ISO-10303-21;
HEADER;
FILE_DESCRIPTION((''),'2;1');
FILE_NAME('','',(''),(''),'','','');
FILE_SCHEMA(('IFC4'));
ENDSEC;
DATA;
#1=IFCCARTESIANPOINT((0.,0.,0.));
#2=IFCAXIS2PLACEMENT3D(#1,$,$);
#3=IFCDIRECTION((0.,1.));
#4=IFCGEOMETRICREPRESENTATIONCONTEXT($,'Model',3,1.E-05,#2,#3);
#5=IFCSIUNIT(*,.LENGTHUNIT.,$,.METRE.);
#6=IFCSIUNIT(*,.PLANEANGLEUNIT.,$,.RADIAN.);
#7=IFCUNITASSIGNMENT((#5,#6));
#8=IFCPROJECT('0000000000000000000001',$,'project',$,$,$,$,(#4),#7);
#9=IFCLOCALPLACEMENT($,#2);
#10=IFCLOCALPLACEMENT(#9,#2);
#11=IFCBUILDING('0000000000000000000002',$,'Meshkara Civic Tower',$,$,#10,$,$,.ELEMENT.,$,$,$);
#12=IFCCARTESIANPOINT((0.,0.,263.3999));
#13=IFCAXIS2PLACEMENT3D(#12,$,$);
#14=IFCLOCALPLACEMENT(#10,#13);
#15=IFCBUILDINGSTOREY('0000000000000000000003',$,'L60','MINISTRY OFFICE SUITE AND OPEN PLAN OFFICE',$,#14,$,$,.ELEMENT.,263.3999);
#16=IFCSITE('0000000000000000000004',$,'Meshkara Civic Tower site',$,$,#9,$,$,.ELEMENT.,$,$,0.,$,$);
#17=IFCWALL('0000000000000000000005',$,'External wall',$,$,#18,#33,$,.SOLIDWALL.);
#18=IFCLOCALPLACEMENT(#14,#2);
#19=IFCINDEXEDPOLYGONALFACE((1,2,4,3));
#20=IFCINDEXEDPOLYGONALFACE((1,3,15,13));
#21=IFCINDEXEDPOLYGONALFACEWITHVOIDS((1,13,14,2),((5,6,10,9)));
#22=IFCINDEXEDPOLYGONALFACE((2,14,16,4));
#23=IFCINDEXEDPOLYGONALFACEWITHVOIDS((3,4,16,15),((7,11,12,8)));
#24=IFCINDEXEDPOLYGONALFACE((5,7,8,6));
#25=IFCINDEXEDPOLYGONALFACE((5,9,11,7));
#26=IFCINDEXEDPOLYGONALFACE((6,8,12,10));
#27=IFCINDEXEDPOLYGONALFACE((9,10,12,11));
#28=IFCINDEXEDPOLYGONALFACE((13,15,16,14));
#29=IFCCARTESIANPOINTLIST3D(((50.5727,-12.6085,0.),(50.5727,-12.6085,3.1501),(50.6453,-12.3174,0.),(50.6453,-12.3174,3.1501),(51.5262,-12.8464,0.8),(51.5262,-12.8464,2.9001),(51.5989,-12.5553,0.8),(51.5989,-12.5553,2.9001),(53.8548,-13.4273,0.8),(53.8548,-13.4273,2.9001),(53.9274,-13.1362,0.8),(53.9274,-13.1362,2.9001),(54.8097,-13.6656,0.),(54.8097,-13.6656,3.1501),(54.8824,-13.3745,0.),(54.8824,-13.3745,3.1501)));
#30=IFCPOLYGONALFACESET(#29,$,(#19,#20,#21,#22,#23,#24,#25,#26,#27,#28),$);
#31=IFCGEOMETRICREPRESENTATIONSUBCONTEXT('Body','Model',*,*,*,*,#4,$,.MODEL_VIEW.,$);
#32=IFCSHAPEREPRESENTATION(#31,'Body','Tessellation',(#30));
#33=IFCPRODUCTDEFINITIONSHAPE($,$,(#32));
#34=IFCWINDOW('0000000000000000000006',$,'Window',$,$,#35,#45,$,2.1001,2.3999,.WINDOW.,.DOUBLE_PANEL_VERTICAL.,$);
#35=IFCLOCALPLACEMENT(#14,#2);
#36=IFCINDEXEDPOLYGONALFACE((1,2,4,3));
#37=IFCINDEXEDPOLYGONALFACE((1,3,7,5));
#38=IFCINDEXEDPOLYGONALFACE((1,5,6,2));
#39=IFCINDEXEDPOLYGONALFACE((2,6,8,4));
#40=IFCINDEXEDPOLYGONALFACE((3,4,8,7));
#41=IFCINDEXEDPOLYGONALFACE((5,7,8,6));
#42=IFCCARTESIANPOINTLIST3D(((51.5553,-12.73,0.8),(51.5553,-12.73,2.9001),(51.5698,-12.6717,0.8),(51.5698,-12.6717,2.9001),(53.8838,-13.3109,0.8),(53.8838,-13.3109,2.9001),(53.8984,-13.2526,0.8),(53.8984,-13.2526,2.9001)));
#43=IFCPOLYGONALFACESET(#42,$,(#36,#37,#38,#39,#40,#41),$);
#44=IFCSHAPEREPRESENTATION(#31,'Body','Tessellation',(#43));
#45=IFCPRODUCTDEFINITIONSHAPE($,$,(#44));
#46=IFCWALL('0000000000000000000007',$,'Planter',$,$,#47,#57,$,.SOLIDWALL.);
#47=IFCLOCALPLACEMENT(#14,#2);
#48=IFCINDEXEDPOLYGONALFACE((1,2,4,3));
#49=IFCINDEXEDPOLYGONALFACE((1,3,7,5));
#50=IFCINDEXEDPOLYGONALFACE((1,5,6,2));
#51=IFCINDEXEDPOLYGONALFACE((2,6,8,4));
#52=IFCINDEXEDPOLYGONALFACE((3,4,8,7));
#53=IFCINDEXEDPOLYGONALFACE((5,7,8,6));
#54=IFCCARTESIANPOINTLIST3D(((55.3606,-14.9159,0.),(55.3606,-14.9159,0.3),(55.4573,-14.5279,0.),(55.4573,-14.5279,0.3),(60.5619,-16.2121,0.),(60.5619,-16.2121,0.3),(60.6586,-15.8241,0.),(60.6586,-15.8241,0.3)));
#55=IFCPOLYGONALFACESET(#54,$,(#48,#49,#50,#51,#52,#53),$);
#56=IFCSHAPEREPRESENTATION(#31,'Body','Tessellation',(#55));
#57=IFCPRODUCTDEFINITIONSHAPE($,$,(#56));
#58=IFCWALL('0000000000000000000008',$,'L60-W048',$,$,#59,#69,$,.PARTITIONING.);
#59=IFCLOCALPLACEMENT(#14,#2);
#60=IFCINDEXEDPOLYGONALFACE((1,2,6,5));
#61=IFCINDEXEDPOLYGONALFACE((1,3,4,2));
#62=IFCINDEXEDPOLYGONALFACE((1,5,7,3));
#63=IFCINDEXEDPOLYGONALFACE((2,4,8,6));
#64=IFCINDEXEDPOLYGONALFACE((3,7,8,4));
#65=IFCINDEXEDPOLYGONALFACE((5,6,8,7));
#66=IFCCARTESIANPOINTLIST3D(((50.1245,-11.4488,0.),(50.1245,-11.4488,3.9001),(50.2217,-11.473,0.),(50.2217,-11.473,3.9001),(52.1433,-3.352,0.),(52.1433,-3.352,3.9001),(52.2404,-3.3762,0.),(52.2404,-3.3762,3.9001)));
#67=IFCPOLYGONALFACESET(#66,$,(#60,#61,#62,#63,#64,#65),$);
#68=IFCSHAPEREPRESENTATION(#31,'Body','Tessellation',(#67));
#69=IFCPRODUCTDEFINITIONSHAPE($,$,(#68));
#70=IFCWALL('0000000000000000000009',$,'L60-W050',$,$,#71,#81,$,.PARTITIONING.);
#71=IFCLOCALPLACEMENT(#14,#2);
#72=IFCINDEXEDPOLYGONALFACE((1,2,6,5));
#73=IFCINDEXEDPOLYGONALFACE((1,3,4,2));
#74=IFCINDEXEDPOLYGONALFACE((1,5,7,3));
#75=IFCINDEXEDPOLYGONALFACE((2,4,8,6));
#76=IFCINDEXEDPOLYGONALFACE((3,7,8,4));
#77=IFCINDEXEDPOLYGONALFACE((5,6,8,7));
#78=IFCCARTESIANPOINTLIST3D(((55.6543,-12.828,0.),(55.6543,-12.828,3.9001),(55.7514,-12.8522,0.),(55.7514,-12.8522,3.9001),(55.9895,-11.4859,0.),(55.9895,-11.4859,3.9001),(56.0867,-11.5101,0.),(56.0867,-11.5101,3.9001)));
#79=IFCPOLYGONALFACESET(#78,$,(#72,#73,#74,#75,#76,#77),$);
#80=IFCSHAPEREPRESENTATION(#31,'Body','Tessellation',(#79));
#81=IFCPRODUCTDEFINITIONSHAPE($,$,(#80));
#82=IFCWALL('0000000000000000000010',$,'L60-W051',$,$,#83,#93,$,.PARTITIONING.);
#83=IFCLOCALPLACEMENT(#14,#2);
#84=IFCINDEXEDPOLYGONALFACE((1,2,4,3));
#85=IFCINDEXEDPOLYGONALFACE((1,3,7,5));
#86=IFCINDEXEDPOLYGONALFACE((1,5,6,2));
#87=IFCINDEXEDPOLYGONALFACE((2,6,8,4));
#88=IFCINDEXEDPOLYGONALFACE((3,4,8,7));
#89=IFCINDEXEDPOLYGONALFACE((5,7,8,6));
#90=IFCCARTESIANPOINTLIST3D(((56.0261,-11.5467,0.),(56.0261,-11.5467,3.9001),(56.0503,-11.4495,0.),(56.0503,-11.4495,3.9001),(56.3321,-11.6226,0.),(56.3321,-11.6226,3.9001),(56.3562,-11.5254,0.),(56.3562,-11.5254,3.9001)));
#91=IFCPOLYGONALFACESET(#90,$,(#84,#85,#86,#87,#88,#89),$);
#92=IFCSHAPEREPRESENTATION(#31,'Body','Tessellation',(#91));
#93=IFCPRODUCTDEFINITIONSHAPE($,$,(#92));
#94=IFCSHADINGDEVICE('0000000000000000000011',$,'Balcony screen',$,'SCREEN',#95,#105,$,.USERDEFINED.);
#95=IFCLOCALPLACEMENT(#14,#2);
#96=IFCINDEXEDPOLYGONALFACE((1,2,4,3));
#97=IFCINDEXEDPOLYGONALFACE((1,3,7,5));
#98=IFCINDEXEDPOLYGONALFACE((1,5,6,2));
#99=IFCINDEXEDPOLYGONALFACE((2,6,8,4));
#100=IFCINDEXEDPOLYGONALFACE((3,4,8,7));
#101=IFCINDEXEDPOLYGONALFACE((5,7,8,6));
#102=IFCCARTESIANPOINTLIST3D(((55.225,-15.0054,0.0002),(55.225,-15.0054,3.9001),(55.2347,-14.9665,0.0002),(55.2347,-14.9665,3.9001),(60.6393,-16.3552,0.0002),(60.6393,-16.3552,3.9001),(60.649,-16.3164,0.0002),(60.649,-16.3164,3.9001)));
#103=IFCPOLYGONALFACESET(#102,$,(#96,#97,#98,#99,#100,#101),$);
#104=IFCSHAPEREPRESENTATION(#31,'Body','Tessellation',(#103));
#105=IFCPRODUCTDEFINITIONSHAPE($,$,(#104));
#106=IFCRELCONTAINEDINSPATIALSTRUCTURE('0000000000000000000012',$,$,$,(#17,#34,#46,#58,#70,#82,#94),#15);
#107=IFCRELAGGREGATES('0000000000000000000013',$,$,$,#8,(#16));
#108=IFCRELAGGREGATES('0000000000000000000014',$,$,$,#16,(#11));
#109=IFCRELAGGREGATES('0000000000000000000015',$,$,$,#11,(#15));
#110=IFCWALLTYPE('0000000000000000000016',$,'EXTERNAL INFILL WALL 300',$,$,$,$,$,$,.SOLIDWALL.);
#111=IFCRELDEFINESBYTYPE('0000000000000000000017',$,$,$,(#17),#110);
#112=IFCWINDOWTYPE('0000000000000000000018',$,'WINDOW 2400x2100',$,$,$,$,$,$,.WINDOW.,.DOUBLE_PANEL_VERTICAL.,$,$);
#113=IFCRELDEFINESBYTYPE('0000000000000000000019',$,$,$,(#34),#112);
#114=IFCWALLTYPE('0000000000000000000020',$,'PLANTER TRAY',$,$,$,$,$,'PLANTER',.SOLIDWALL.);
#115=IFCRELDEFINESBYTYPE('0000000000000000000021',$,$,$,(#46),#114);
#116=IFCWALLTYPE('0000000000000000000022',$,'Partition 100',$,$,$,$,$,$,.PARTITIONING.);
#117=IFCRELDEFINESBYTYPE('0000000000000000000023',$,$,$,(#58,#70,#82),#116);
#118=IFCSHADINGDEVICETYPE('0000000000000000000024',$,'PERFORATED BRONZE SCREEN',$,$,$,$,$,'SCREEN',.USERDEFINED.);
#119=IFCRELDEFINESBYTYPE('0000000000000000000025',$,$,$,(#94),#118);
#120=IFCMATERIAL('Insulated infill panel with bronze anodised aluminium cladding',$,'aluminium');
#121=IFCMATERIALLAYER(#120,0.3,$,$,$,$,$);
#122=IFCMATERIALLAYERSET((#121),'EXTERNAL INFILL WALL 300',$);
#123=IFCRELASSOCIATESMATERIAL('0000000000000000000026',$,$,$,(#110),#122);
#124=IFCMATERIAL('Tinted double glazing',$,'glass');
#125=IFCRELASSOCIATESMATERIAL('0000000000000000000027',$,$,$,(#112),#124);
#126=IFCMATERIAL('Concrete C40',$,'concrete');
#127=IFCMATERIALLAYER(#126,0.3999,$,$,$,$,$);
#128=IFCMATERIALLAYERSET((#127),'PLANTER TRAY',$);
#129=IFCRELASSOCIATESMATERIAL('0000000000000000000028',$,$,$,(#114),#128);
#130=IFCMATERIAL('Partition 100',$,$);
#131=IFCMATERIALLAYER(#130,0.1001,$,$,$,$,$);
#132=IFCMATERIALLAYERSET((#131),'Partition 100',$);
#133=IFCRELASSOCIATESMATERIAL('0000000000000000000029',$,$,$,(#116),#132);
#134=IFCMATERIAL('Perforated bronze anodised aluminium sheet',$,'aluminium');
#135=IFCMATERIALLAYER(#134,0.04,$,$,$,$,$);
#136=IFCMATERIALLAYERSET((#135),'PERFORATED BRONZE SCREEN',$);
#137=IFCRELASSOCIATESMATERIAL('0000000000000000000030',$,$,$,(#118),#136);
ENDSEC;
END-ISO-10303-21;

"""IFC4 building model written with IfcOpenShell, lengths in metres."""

from ifc_helpers import new_model, si_unit, direction, frame, frame_2d, origin, origin_2d, place, context, subcontext, project, spatial, rectangle, extrude, material, layer, layer_set, type_object, element, fill, save


model = new_model("IFC4")

# Units and contexts
model_context = context("Model", 3, precision=1e-05, world=origin(), true_north=direction((0.0, 1.0)))
body_context = subcontext(model_context, "Body", "Model", "MODEL_VIEW")
ifc_project = project(units=[si_unit("LENGTHUNIT", "METRE"), si_unit("PLANEANGLEUNIT", "RADIAN")], contexts=[model_context])

# Site, building, storey
site_placement = place(None, origin())
site = spatial("IfcSite", under=ifc_project, at=site_placement, Name="Meshkara Civic Tower site", CompositionType="ELEMENT", RefElevation=0.0)
building_placement = place(site_placement, origin())
building = spatial("IfcBuilding", under=site, at=building_placement, Name="Meshkara Civic Tower", CompositionType="ELEMENT")
storey_placement = place(building_placement, frame((0.0, 0.0, 263.3999)))
storey = spatial("IfcBuildingStorey", under=building, at=storey_placement, Name="L60", Description="MINISTRY OFFICE SUITE AND OPEN PLAN OFFICE", CompositionType="ELEMENT", Elevation=263.3999)

# Wall, opening, window
ifc_material_1 = material(Name="Insulated infill panel with bronze anodised aluminium cladding", Category="aluminium")
ifc_layer_1 = layer(ifc_material_1, 0.3)
ifc_layer_set_1 = layer_set([ifc_layer_1], Name="EXTERNAL INFILL WALL 300")
wall_type_1 = type_object("IfcWallType", Name="EXTERNAL INFILL WALL 300", PredefinedType="SOLIDWALL", material=ifc_layer_set_1)
ifc_material_2 = material(Name="Tinted double glazing", Category="glass")
window_type = type_object("IfcWindowType", Name="WINDOW 2400x2100", PartitioningType="DOUBLE_PANEL_VERTICAL", PredefinedType="WINDOW", material=ifc_material_2)
wall_1_placement = place(storey_placement, frame((50.6089, -12.4629, 0.0), z_axis=(0.0, 0.0, 1.0), x_axis=(0.970257, -0.242075, 0.0)))
wall_1 = element("IfcWall", 1, at=wall_1_placement, inside=storey, type_object=wall_type_1, Name="External wall", PredefinedType="SOLIDWALL", context=body_context, shape_type="SweptSolid", body=[
    extrude(rectangle(XDim=4.3669, YDim=0.3, at=frame_2d((2.1836, 0.0))), origin(), (0.0, 0.0, 1.0), 3.1501),
])
opening_1_placement = place(wall_1_placement, frame((0.9829, 0.0, 0.8)))
opening_1 = element("IfcOpeningElement", 2, at=opening_1_placement, cuts=wall_1, PredefinedType="OPENING", context=body_context, shape_type="SweptSolid", body=[
    extrude(rectangle(XDim=2.3999, YDim=2.1001, at=frame_2d((1.2, 1.05))), frame((0.0, 0.1599, 0.0), z_axis=(0.0, -1.0, 0.0), x_axis=(1.0, 0.0, 0.0)), (0.0, 0.0, 1.0), 0.3201),
])
window_1_placement = place(opening_1_placement, origin())
window_1 = element("IfcWindow", 3, at=window_1_placement, inside=storey, type_object=window_type, Name="Window", OverallHeight=2.1001, OverallWidth=2.3999, PartitioningType="DOUBLE_PANEL_VERTICAL", PredefinedType="WINDOW", context=body_context, shape_type="SweptSolid", body=[
    extrude(rectangle(XDim=2.3999, YDim=2.1001, at=frame_2d((1.2, 1.05))), frame((0.0, 0.03, 0.0), z_axis=(0.0, -1.0, 0.0), x_axis=(1.0, 0.0, 0.0)), (0.0, 0.0, 1.0), 0.0601),
])
fill(opening_1, window_1)

# Walls
ifc_material_3 = material(Name="Concrete C40", Category="concrete")
ifc_layer_2 = layer(ifc_material_3, 0.3999)
ifc_layer_set_2 = layer_set([ifc_layer_2], Name="PLANTER TRAY")
wall_type_2 = type_object("IfcWallType", Name="PLANTER TRAY", ElementType="PLANTER", PredefinedType="SOLIDWALL", material=ifc_layer_set_2)
wall_2_placement = place(storey_placement, frame((55.4089, -14.7219, 0.0), z_axis=(0.0, 0.0, 1.0), x_axis=(0.970324, -0.241807, 0.0)))
element("IfcWall", 4, at=wall_2_placement, inside=storey, type_object=wall_type_2, Name="Planter", PredefinedType="SOLIDWALL", context=body_context, shape_type="SweptSolid", body=[
    extrude(rectangle(XDim=5.3604, YDim=0.3999, at=frame_2d((2.6802, 0.0))), origin(), (0.0, 0.0, 1.0), 0.3),
])
ifc_material_4 = material(Name="Partition 100")
ifc_layer_3 = layer(ifc_material_4, 0.1001)
ifc_layer_set_3 = layer_set([ifc_layer_3], Name="Partition 100")
wall_type_3 = type_object("IfcWallType", Name="Partition 100", PredefinedType="PARTITIONING", material=ifc_layer_set_3)
wall_3_placement = place(storey_placement, frame((50.1731, -11.4609, 0.0), z_axis=(0.0, 0.0, 1.0), x_axis=(0.241923, 0.970295, 0.0)))
element("IfcWall", 5, at=wall_3_placement, inside=storey, type_object=wall_type_3, Name="L60-W048", PredefinedType="PARTITIONING", context=body_context, shape_type="SweptSolid", body=[
    extrude(rectangle(XDim=8.3447, YDim=0.1001, at=frame_2d((4.1724, 0.0))), origin(), (0.0, 0.0, 1.0), 3.9001),
])
wall_4_placement = place(storey_placement, frame((55.7029, -12.8401, 0.0), z_axis=(0.0, 0.0, 1.0), x_axis=(0.242328, 0.970194, 0.0)))
element("IfcWall", 6, at=wall_4_placement, inside=storey, type_object=wall_type_3, Name="L60-W050", PredefinedType="PARTITIONING", context=body_context, shape_type="SweptSolid", body=[
    extrude(rectangle(XDim=1.3833, YDim=0.1001, at=frame_2d((0.6917, 0.0))), origin(), (0.0, 0.0, 1.0), 3.9001),
])
wall_5_placement = place(storey_placement, frame((56.0381, -11.498, 0.0), z_axis=(0.0, 0.0, 1.0), x_axis=(0.970551, -0.240895, 0.0)))
element("IfcWall", 7, at=wall_5_placement, inside=storey, type_object=wall_type_3, Name="L60-W051", PredefinedType="PARTITIONING", context=body_context, shape_type="SweptSolid", body=[
    extrude(rectangle(XDim=0.3152, YDim=0.1001, at=frame_2d((0.1577, 0.0))), origin(), (0.0, 0.0, 1.0), 3.9001),
])

# Shading device
ifc_material_5 = material(Name="Perforated bronze anodised aluminium sheet", Category="aluminium")
ifc_layer_4 = layer(ifc_material_5, 0.04)
ifc_layer_set_4 = layer_set([ifc_layer_4], Name="PERFORATED BRONZE SCREEN")
shading_device_type = type_object("IfcShadingDeviceType", Name="PERFORATED BRONZE SCREEN", ElementType="SCREEN", PredefinedType="USERDEFINED", material=ifc_layer_set_4)
shading_device_placement = place(storey_placement, frame((57.937, -15.6609, 0.0002), z_axis=(0.0, 0.0, 1.0), x_axis=(0.9703, -0.241905, 0.0)))
element("IfcShadingDevice", 8, at=shading_device_placement, inside=storey, type_object=shading_device_type, Name="Balcony screen", ObjectType="SCREEN", PredefinedType="USERDEFINED", context=body_context, shape_type="SweptSolid", body=[
    extrude(rectangle(XDim=5.5801, YDim=0.04, at=origin_2d()), origin(), (0.0, 0.0, 1.0), 3.8999),
])

save(model, "model.ifc")
